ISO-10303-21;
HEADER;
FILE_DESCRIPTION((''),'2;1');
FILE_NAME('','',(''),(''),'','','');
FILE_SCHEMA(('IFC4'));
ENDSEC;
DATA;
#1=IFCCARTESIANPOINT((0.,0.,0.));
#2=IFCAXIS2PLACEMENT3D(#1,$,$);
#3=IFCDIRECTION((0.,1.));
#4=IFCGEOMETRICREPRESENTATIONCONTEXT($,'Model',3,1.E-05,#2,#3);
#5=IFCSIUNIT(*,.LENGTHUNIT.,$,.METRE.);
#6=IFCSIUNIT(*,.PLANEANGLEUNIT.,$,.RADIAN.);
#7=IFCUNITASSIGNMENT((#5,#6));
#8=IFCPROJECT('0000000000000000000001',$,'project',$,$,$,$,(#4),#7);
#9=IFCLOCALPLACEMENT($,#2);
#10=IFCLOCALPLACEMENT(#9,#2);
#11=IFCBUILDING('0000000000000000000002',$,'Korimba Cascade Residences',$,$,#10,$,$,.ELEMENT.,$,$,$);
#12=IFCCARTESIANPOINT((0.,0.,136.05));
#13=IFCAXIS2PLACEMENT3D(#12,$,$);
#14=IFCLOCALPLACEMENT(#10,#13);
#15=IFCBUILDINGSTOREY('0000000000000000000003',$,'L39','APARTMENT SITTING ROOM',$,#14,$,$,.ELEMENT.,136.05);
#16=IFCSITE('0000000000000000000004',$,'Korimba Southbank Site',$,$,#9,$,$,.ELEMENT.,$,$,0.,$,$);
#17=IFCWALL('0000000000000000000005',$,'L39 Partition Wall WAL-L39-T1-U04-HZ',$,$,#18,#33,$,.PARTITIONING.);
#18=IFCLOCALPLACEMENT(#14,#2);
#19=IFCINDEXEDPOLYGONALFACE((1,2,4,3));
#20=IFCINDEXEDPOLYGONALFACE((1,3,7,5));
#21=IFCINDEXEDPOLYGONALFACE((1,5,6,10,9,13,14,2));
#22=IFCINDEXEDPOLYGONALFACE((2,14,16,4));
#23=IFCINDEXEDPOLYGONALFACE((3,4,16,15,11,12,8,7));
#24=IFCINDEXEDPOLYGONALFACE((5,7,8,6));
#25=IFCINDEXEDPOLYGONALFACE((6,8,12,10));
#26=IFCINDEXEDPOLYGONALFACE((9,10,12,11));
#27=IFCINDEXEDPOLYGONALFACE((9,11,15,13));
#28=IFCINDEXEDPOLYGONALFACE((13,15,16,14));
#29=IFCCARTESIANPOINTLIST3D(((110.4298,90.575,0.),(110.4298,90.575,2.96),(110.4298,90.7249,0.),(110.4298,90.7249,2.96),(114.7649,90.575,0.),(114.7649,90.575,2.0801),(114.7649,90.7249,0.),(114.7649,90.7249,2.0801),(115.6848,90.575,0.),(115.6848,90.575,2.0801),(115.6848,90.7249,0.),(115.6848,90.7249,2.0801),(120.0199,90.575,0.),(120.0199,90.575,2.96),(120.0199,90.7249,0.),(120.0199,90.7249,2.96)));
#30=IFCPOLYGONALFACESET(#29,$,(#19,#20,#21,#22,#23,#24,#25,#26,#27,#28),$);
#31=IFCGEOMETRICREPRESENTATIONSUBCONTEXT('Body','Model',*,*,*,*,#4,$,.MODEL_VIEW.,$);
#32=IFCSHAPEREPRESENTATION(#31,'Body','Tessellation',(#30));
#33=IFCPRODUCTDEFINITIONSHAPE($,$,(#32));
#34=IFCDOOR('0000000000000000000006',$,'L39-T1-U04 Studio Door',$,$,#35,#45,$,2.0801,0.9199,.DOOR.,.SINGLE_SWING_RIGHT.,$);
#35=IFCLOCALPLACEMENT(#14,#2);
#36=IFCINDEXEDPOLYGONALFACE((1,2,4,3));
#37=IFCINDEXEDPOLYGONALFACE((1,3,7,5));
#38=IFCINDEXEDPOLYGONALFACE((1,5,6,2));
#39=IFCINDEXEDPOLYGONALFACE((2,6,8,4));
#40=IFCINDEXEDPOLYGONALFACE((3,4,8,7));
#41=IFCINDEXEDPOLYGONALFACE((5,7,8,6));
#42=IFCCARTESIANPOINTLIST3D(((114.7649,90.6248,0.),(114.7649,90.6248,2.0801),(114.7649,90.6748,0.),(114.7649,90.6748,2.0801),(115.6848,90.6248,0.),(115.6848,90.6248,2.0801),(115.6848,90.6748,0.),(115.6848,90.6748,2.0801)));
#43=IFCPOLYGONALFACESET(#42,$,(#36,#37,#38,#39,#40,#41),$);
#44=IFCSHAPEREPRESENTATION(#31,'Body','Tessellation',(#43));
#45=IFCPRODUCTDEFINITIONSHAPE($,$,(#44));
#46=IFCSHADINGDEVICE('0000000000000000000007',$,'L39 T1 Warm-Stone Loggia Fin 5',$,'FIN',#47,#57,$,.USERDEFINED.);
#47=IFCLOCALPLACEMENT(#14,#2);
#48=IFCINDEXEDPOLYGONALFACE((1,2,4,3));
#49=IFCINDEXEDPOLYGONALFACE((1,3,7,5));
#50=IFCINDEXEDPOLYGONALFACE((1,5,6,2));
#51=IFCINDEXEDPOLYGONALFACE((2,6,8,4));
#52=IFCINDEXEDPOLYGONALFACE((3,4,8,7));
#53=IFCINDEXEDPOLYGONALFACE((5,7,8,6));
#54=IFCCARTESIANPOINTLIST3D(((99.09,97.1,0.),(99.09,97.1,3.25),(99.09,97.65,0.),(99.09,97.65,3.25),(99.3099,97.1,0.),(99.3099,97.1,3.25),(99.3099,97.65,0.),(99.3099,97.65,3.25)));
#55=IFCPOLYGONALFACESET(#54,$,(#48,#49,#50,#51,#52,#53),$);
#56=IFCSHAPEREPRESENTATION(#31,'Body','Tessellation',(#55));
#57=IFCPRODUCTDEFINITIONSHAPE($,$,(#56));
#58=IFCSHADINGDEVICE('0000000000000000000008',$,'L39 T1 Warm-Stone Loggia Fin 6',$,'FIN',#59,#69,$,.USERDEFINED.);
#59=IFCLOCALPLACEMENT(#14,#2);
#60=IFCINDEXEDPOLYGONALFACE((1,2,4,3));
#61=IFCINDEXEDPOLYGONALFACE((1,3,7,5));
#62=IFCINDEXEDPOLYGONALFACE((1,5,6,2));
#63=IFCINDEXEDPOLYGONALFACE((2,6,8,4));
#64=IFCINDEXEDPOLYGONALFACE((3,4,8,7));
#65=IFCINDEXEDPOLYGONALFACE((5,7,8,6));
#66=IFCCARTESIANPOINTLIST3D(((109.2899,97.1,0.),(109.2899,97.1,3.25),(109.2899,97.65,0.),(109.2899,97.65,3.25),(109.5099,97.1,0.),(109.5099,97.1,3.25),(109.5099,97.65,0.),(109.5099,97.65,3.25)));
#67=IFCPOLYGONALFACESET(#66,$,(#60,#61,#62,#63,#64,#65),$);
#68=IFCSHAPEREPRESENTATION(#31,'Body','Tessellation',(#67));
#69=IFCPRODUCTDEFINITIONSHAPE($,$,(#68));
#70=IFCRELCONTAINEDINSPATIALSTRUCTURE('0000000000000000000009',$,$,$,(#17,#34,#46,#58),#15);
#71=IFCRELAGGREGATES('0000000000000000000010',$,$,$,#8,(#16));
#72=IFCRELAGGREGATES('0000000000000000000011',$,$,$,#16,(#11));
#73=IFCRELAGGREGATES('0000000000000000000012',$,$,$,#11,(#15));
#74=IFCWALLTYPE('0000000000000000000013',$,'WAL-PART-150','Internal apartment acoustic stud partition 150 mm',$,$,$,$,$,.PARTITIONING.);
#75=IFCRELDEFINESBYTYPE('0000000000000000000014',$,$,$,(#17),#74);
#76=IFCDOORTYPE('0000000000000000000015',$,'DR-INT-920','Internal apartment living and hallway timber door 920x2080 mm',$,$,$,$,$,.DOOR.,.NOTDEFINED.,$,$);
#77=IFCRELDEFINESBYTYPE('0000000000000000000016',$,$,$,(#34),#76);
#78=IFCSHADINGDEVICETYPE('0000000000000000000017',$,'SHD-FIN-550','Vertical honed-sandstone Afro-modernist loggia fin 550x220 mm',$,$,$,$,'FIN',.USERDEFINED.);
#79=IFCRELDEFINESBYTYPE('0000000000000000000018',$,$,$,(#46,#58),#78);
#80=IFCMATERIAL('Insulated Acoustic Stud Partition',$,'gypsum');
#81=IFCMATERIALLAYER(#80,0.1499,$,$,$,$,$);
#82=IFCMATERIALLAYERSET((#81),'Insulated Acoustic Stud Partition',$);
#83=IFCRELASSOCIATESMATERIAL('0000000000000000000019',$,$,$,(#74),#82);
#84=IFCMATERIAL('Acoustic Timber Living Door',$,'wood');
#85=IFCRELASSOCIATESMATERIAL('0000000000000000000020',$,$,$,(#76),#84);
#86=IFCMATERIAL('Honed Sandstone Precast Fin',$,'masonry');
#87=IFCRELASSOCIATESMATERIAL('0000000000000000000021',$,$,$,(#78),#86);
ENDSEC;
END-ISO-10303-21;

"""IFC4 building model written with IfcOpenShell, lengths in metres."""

from ifc_helpers import new_model, si_unit, direction, frame, frame_2d, origin, origin_2d, place, context, subcontext, project, spatial, rectangle, extrude, material, layer, layer_set, type_object, element, fill, save


model = new_model("IFC4")

# Units and contexts
model_context = context("Model", 3, precision=1e-05, world=origin(), true_north=direction((0.0, 1.0)))
body_context = subcontext(model_context, "Body", "Model", "MODEL_VIEW")
ifc_project = project(units=[si_unit("LENGTHUNIT", "METRE"), si_unit("PLANEANGLEUNIT", "RADIAN")], contexts=[model_context])

# Site, building, storey
site_placement = place(None, origin())
site = spatial("IfcSite", under=ifc_project, at=site_placement, Name="Korimba Southbank Site", CompositionType="ELEMENT", RefElevation=0.0)
building_placement = place(site_placement, origin())
building = spatial("IfcBuilding", under=site, at=building_placement, Name="Korimba Cascade Residences", CompositionType="ELEMENT")
storey_placement = place(building_placement, frame((0.0, 0.0, 136.05)))
storey = spatial("IfcBuildingStorey", under=building, at=storey_placement, Name="L39", Description="APARTMENT SITTING ROOM", CompositionType="ELEMENT", Elevation=136.05)

# Shared definitions
ifc_material_1 = material(Name="Insulated Acoustic Stud Partition", Category="gypsum")
ifc_layer = layer(ifc_material_1, 0.1499)
ifc_layer_set = layer_set([ifc_layer], Name="Insulated Acoustic Stud Partition")
wall_type = type_object("IfcWallType", Name="WAL-PART-150", Description="Internal apartment acoustic stud partition 150 mm", PredefinedType="PARTITIONING", material=ifc_layer_set)

# Wall, opening, door
wall_1_placement = place(storey_placement, frame((110.4299, 90.6499, 0.0), z_axis=(0.0, 0.0, 1.0), x_axis=(1.0, 0.0, 0.0)))
wall_1 = element("IfcWall", 1, at=wall_1_placement, inside=storey, type_object=wall_type, Name="L39 Partition Wall WAL-L39-T1-U04-HZ", PredefinedType="PARTITIONING", context=body_context, shape_type="SweptSolid", body=[
    extrude(rectangle(XDim=9.5901, YDim=0.1499, at=frame_2d((4.7949, 0.0))), origin(), (0.0, 0.0, 1.0), 2.96),
])
opening_1_placement = place(wall_1_placement, frame((4.335, 0.0, 0.0)))
opening_1 = element("IfcOpeningElement", 2, at=opening_1_placement, cuts=wall_1, PredefinedType="OPENING", context=body_context, shape_type="SweptSolid", body=[
    extrude(rectangle(XDim=0.9199, YDim=2.0801, at=frame_2d((0.46, 1.04))), frame((0.0, 0.085, 0.0), z_axis=(0.0, -1.0, 0.0), x_axis=(1.0, 0.0, 0.0)), (0.0, 0.0, 1.0), 0.1699),
])
ifc_material_2 = material(Name="Acoustic Timber Living Door", Category="wood")
door_type_1 = type_object("IfcDoorType", Name="DR-INT-920", Description="Internal apartment living and hallway timber door 920x2080 mm", OperationType="NOTDEFINED", PredefinedType="DOOR", material=ifc_material_2)
door_1_placement = place(opening_1_placement, origin())
door_1 = element("IfcDoor", 3, at=door_1_placement, inside=storey, type_object=door_type_1, Name="L39-T1-U04 Studio Door", OperationType="SINGLE_SWING_RIGHT", OverallHeight=2.0801, OverallWidth=0.9199, PredefinedType="DOOR", context=body_context, shape_type="SweptSolid", body=[
    extrude(rectangle(XDim=0.9199, YDim=2.0801, at=frame_2d((0.46, 1.04))), frame((0.0, 0.0249, 0.0), z_axis=(0.0, -1.0, 0.0), x_axis=(1.0, 0.0, 0.0)), (0.0, 0.0, 1.0), 0.05),
])
fill(opening_1, door_1)

# Shading devices
ifc_material_3 = material(Name="Honed Sandstone Precast Fin", Category="masonry")
shading_device_type = type_object("IfcShadingDeviceType", Name="SHD-FIN-550", Description="Vertical honed-sandstone Afro-modernist loggia fin 550x220 mm", ElementType="FIN", PredefinedType="USERDEFINED", material=ifc_material_3)
for number, where, z_axis, x_axis, name in (
    (4, (99.2, 97.375, 0.0), (0.0, 0.0, 1.0), (1.0, 0.0, 0.0), "L39 T1 Warm-Stone Loggia Fin 5"),
    (5, (109.3999, 97.375, 0.0), (0.0, 0.0, 1.0), (1.0, 0.0, 0.0), "L39 T1 Warm-Stone Loggia Fin 6"),
):
    element("IfcShadingDevice", number, at=place(storey_placement, frame(where, z_axis=z_axis, x_axis=x_axis)), inside=storey, type_object=shading_device_type, Name=name, ObjectType="FIN", PredefinedType="USERDEFINED", context=body_context, shape_type="SweptSolid", body=[
        extrude(rectangle(XDim=0.22, YDim=0.55, at=origin_2d()), origin(), (0.0, 0.0, 1.0), 3.25),
    ])

save(model, "model.ifc")
